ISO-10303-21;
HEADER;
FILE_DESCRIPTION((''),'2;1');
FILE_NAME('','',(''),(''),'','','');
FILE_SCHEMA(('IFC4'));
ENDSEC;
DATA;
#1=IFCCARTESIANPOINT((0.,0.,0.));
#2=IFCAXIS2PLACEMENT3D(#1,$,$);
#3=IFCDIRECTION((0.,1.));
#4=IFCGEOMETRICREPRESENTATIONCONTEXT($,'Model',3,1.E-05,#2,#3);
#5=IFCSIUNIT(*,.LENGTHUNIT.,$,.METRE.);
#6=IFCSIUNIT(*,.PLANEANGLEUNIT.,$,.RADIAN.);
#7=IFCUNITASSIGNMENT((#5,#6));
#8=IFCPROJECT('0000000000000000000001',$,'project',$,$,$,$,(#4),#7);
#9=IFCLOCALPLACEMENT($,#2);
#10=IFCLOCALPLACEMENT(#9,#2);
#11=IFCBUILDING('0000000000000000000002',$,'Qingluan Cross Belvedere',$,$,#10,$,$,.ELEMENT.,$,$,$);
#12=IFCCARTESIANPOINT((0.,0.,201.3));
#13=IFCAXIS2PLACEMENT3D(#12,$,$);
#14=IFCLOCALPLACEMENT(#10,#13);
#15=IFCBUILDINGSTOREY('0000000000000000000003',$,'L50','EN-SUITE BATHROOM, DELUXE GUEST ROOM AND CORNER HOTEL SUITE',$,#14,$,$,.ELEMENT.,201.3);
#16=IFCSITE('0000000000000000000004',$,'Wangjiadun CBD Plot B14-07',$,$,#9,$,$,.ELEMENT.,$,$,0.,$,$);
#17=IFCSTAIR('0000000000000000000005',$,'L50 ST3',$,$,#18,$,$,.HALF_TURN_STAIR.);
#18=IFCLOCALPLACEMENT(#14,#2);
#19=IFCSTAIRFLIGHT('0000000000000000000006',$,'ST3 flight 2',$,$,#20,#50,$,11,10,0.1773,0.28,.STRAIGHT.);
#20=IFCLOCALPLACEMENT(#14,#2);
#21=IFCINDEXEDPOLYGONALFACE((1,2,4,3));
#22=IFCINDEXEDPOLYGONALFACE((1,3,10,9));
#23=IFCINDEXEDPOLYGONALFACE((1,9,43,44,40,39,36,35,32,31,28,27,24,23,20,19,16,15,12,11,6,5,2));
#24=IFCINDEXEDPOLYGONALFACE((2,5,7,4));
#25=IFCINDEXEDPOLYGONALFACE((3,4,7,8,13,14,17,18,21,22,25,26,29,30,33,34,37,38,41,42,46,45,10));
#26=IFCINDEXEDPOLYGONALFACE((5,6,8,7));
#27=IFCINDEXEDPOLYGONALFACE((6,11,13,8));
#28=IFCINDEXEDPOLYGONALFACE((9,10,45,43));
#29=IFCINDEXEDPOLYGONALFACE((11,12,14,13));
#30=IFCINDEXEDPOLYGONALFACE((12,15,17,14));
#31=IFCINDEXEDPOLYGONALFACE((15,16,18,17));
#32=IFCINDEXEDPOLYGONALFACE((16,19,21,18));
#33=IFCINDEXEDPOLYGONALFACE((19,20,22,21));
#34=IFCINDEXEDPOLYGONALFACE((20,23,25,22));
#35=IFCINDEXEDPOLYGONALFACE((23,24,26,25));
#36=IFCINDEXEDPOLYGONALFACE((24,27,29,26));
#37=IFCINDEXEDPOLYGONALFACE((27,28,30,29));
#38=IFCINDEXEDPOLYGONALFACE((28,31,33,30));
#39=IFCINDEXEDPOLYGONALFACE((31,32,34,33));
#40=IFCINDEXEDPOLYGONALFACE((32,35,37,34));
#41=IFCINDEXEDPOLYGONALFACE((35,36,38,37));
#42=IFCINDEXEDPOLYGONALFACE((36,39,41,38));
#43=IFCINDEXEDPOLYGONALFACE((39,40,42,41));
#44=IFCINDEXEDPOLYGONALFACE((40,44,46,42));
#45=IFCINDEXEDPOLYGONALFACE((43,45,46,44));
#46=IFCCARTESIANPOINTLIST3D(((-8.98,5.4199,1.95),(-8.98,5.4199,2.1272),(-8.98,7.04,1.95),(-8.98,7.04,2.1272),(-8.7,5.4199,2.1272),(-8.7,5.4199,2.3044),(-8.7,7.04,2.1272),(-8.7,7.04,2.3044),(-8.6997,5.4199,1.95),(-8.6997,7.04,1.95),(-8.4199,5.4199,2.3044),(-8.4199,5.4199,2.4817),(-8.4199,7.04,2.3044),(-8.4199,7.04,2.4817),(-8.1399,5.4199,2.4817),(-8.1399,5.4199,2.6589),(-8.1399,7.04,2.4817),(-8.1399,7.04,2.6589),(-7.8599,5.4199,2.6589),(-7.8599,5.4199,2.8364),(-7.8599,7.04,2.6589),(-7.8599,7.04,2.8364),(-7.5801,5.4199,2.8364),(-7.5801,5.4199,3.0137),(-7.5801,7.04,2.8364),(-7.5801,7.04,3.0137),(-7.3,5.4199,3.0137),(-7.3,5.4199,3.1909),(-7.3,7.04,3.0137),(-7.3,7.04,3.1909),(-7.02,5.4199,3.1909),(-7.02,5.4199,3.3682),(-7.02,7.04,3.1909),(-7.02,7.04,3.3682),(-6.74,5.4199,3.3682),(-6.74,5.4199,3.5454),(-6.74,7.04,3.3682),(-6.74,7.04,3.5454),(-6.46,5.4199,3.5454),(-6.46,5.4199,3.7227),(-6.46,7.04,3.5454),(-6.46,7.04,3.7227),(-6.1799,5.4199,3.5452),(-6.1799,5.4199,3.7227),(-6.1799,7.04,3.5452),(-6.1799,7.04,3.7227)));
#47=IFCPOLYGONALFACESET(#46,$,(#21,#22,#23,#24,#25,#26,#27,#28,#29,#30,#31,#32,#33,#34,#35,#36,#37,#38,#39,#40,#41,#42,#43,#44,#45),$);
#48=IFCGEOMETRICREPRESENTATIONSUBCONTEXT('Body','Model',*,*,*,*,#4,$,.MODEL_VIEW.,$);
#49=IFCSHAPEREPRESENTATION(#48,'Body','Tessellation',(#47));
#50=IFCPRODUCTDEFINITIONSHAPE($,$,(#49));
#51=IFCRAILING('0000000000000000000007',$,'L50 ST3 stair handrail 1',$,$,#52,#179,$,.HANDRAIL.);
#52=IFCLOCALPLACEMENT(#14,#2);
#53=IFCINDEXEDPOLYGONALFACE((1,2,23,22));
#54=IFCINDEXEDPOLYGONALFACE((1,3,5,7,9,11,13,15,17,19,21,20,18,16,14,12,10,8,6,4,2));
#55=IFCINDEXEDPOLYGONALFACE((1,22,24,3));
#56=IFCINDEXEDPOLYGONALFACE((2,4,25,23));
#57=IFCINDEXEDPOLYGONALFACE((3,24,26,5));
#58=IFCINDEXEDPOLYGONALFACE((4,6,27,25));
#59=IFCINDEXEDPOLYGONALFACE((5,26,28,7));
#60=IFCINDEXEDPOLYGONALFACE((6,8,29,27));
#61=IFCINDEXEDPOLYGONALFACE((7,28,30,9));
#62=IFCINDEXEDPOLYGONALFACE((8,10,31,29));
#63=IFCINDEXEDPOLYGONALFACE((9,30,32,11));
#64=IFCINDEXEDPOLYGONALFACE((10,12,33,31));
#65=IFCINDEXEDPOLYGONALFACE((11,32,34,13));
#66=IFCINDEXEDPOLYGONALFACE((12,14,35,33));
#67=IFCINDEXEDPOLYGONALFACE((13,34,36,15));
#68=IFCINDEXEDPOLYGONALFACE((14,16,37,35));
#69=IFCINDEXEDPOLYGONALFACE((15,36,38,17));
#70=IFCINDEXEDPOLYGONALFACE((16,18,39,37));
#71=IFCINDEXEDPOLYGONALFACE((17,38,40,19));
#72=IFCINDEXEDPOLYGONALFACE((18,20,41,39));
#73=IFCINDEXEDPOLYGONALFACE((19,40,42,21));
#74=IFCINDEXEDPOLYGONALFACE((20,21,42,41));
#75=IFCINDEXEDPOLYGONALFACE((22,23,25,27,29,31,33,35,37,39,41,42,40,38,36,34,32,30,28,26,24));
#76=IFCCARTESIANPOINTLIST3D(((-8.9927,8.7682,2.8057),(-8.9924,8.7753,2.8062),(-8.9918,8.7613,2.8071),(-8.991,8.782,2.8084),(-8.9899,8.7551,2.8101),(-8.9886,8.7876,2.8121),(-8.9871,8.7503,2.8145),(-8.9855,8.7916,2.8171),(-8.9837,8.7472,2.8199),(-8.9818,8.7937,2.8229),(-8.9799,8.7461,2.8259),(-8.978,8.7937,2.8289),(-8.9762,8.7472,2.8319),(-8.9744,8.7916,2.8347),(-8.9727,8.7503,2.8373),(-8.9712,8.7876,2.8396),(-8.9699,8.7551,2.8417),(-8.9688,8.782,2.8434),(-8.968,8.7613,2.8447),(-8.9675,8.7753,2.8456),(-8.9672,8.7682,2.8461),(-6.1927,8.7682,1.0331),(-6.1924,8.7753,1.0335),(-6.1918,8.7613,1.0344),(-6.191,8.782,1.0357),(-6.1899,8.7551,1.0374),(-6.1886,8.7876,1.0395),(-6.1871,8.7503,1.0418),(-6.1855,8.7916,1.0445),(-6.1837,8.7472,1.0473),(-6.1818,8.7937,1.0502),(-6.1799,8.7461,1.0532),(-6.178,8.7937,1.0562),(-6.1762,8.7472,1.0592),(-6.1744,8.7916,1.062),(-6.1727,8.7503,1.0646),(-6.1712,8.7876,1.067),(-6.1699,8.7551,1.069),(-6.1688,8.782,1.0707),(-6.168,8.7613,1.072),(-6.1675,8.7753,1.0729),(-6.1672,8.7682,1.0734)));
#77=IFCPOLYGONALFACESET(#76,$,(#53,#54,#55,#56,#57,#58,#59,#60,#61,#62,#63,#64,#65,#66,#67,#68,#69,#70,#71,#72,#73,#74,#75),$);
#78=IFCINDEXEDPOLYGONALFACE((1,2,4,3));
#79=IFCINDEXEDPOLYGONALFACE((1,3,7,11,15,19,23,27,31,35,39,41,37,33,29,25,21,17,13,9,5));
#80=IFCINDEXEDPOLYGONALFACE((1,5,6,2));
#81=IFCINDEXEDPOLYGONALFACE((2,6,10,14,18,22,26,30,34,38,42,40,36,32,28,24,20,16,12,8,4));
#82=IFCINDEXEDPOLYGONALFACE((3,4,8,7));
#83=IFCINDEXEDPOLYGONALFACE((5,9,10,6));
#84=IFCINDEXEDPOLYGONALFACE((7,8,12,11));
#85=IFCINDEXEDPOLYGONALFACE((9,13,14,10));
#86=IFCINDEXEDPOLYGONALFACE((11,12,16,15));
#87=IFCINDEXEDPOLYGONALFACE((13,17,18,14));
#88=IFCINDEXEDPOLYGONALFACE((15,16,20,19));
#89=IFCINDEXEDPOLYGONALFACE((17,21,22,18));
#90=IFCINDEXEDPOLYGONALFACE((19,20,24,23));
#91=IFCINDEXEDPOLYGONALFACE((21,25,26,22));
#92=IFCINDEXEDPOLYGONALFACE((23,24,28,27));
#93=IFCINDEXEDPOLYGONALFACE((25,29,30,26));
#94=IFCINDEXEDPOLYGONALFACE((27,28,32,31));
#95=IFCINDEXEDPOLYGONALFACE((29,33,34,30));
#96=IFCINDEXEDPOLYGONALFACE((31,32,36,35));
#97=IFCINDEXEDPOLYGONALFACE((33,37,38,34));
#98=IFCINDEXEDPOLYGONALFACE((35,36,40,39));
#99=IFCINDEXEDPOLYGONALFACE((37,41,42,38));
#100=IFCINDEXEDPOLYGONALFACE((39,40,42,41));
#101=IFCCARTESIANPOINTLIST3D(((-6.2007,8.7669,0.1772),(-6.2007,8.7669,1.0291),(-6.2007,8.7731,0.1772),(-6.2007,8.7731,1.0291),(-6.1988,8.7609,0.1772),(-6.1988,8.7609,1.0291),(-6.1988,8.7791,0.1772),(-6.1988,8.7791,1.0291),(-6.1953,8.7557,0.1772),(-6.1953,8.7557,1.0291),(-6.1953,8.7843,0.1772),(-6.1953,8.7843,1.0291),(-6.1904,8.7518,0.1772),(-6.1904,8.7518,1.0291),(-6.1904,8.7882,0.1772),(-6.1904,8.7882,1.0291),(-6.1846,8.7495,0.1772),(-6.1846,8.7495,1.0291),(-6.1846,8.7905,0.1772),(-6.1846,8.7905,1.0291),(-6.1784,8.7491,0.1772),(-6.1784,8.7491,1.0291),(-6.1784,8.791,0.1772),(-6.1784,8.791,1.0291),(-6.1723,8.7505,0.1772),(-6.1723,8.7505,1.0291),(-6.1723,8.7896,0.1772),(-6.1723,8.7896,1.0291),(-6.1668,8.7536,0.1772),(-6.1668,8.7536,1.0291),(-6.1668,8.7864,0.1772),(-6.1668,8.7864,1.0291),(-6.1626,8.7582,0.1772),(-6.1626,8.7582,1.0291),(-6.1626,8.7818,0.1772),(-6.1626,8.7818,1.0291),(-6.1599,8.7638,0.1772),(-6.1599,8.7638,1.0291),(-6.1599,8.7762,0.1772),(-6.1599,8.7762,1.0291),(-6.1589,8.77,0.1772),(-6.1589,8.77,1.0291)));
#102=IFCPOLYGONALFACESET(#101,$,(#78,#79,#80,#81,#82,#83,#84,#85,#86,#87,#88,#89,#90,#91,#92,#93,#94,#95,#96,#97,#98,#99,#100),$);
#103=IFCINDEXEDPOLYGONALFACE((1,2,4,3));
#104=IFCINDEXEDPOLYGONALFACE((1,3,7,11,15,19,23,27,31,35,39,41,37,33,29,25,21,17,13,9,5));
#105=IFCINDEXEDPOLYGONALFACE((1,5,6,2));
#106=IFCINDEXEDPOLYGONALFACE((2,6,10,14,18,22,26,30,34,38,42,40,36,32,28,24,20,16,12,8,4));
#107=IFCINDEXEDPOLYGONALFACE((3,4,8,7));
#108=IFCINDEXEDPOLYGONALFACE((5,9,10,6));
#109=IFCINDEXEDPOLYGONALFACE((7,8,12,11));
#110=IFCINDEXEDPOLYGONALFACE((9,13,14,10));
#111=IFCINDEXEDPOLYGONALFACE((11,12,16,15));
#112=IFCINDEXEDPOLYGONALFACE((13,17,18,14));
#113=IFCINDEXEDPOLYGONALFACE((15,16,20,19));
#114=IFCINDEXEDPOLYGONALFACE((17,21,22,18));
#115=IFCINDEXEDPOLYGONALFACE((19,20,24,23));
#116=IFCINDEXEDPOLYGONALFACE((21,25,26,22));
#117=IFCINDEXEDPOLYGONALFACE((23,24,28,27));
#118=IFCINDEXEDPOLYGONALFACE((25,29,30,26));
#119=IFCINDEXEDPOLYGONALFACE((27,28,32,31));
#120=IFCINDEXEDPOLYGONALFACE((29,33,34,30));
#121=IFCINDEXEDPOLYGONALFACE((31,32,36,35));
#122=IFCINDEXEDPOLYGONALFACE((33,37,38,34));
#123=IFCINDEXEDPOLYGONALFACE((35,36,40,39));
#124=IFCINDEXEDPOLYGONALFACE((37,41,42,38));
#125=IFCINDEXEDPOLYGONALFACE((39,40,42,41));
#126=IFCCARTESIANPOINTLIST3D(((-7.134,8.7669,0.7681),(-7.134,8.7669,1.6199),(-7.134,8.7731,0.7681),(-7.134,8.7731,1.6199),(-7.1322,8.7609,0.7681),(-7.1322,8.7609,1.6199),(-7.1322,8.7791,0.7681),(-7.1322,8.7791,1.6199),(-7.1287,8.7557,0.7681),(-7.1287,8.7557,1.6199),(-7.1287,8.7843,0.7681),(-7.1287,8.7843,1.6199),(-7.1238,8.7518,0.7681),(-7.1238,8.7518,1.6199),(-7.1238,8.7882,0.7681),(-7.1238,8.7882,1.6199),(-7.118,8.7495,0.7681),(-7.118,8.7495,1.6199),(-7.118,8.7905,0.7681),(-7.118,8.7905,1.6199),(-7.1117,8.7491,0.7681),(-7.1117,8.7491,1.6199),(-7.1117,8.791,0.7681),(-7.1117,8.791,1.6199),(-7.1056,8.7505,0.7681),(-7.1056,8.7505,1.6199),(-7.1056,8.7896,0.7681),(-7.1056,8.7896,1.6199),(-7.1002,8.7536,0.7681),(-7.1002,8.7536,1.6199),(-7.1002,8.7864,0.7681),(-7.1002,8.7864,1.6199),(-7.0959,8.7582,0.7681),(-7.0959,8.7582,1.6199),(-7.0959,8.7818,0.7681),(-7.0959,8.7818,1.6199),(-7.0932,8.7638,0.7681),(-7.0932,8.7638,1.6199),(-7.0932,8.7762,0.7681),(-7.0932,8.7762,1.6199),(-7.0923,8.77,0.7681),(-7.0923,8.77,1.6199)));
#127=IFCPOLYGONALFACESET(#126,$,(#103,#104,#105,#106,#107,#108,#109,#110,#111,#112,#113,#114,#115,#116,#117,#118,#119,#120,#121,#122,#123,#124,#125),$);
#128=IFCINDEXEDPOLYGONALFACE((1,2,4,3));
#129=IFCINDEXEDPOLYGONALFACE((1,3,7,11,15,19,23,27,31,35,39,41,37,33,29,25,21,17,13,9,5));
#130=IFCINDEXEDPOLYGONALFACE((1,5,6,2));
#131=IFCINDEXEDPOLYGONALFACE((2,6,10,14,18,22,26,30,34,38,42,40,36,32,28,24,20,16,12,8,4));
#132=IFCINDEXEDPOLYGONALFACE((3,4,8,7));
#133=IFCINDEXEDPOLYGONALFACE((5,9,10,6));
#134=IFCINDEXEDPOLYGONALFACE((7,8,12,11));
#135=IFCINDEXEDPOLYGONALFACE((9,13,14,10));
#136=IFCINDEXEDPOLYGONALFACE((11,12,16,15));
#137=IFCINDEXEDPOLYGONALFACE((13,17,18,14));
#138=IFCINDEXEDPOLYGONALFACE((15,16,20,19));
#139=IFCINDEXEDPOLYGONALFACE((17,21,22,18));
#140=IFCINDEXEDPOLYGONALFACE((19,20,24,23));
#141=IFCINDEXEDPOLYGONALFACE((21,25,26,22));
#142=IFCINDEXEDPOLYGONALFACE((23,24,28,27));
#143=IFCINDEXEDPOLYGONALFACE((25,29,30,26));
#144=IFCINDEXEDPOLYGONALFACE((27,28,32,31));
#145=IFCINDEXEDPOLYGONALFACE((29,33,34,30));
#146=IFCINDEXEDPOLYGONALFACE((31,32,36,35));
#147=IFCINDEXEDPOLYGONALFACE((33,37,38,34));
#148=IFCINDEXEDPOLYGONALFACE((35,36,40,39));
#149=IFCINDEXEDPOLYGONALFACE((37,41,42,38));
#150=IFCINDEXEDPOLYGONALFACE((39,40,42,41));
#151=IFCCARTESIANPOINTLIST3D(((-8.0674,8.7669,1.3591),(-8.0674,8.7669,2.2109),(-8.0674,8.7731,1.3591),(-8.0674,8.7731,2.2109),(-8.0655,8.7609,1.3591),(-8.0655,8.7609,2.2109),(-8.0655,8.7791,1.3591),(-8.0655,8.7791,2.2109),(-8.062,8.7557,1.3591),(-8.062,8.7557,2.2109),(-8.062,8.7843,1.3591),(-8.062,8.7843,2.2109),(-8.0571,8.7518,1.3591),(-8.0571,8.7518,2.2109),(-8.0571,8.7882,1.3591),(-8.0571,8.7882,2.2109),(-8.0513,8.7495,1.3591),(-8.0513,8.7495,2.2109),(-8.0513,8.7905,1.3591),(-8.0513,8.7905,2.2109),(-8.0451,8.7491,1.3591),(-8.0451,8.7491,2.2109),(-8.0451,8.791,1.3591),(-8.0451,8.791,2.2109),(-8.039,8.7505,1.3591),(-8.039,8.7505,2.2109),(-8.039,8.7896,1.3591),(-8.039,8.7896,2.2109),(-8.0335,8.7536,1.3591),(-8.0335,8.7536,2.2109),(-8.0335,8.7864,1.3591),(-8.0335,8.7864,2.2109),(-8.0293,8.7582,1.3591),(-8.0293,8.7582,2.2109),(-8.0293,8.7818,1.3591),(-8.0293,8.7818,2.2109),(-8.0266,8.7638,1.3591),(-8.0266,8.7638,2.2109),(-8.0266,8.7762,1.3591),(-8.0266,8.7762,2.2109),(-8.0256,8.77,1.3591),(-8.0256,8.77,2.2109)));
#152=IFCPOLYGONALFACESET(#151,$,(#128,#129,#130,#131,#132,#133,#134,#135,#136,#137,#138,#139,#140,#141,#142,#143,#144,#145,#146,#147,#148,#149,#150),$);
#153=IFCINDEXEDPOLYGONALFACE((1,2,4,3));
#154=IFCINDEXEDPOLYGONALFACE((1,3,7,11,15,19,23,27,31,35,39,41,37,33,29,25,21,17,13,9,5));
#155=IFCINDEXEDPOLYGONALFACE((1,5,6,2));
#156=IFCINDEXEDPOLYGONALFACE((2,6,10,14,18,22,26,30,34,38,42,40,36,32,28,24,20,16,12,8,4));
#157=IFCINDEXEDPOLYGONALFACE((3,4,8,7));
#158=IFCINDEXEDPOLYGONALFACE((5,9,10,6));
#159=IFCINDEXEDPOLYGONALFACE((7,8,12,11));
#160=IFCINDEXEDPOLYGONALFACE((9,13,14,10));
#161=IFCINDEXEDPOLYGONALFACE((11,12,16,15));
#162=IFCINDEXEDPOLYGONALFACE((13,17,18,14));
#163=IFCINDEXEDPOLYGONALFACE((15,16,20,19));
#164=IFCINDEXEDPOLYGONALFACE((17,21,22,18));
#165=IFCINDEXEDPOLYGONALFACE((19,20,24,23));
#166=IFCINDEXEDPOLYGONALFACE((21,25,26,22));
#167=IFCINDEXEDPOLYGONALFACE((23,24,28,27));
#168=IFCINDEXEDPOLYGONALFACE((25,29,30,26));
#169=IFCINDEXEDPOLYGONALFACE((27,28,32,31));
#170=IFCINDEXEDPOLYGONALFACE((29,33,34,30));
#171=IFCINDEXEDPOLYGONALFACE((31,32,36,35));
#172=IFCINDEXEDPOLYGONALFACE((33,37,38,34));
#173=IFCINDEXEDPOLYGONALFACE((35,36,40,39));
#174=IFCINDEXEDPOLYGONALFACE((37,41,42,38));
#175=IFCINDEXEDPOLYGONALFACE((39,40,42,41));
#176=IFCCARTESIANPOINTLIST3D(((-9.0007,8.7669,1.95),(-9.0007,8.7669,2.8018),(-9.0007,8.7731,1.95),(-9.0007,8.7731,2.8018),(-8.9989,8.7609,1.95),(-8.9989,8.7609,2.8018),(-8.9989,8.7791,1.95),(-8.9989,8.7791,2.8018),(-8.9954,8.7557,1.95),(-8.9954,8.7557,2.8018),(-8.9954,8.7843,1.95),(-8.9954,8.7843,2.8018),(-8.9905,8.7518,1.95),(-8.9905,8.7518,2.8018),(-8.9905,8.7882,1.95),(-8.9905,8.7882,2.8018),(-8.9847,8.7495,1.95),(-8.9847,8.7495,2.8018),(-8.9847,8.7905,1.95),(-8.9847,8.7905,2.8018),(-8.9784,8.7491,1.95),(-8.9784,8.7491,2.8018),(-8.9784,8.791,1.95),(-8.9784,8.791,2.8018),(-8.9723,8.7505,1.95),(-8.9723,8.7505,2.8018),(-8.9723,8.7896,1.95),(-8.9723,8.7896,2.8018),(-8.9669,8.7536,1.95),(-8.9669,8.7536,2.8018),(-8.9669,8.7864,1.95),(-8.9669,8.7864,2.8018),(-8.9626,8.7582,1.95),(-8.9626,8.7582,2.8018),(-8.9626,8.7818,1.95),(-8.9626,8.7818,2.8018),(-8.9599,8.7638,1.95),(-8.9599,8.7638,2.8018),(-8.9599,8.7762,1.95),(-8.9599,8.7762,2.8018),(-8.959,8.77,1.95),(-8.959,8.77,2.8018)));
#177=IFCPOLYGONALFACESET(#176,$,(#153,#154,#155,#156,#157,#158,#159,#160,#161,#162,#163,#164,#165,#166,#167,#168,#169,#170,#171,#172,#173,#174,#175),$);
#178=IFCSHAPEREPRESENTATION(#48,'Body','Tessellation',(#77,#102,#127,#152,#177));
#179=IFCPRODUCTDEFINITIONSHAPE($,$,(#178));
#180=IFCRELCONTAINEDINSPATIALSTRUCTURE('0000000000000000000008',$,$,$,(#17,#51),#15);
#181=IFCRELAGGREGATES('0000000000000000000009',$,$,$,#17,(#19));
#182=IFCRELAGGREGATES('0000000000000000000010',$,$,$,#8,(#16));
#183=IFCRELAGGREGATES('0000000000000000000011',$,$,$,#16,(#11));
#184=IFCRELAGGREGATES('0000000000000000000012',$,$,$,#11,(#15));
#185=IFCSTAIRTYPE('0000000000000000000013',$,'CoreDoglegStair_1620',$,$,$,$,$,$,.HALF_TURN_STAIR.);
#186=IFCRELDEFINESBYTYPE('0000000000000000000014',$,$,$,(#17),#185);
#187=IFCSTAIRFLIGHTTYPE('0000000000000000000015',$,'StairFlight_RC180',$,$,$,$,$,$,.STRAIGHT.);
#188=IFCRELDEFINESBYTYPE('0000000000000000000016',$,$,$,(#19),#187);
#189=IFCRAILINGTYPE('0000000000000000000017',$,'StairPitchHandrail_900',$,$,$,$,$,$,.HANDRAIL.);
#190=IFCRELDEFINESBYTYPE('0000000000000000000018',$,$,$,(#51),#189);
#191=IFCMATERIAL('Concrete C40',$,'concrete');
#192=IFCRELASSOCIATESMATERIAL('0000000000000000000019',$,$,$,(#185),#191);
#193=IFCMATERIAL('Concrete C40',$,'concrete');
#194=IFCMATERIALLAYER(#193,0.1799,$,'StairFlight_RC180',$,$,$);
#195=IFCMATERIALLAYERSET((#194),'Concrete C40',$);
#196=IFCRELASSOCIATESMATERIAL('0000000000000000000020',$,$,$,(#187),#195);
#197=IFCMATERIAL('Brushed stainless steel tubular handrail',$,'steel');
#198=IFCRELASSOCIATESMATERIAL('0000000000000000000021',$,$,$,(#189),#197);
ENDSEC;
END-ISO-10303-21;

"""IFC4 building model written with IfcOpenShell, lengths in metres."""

from ifc_helpers import new_model, si_unit, direction, frame, origin, origin_2d, place, context, subcontext, project, spatial, polyline, circle, outline, extrude, material, layer, layer_set, type_object, element, aggregate, save


model = new_model("IFC4")

# Units and contexts
model_context = context("Model", 3, precision=1e-05, world=origin(), true_north=direction((0.0, 1.0)))
body_context = subcontext(model_context, "Body", "Model", "MODEL_VIEW")
ifc_project = project(units=[si_unit("LENGTHUNIT", "METRE"), si_unit("PLANEANGLEUNIT", "RADIAN")], contexts=[model_context])

# Site, building, storey
site_placement = place(None, origin())
site = spatial("IfcSite", under=ifc_project, at=site_placement, Name="Wangjiadun CBD Plot B14-07", CompositionType="ELEMENT", RefElevation=0.0)
building_placement = place(site_placement, origin())
building = spatial("IfcBuilding", under=site, at=building_placement, Name="Qingluan Cross Belvedere", CompositionType="ELEMENT")
storey_placement = place(building_placement, frame((0.0, 0.0, 201.3)))
storey = spatial("IfcBuildingStorey", under=building, at=storey_placement, Name="L50", Description="EN-SUITE BATHROOM, DELUXE GUEST ROOM AND CORNER HOTEL SUITE", CompositionType="ELEMENT", Elevation=201.3)

# Stair, stair flight
ifc_material_1 = material(Name="Concrete C40", Category="concrete")
stair_type = type_object("IfcStairType", Name="CoreDoglegStair_1620", PredefinedType="HALF_TURN_STAIR", material=ifc_material_1)
stair_placement = place(storey_placement, origin())
stair = element("IfcStair", 1, at=stair_placement, inside=storey, type_object=stair_type, Name="L50 ST3", PredefinedType="HALF_TURN_STAIR")
ifc_material_2 = material(Name="Concrete C40", Category="concrete")
ifc_layer_1 = layer(ifc_material_2, 0.1799, Name="StairFlight_RC180")
ifc_layer_set_1 = layer_set([ifc_layer_1], Name="Concrete C40")
stair_flight_type = type_object("IfcStairFlightType", Name="StairFlight_RC180", PredefinedType="STRAIGHT", material=ifc_layer_set_1)
stair_flight_1_placement = place(storey_placement, frame((-8.98, 6.23, 1.95), z_axis=(0.0, 0.0, 1.0), x_axis=(1.0, 0.0, 0.0)))
stair_flight_1 = element("IfcStairFlight", 2, at=stair_flight_1_placement, type_object=stair_flight_type, Name="ST3 flight 2", NumberOfRisers=11, NumberOfTreads=10, PredefinedType="STRAIGHT", RiserHeight=0.1773, TreadLength=0.28, context=body_context, shape_type="SweptSolid", body=[
    extrude(outline(polyline([(0.0, 0.0), (0.0, 0.1772), (0.28, 0.1772), (0.28, 0.3545), (0.5601, 0.3545), (0.5601, 0.5317), (0.8401, 0.5317), (0.8401, 0.709), (1.1201, 0.709), (1.1201, 0.8865), (1.3999, 0.8865), (1.3999, 1.0637), (1.6799, 1.0637), (1.6799, 1.241), (1.96, 1.241), (1.96, 1.4182), (2.24, 1.4182), (2.24, 1.5955), (2.52, 1.5955), (2.52, 1.7727), (2.8, 1.7727), (2.8, 1.95), (2.8, 1.5952), (0.2803, 0.0), (0.0, 0.0)])), frame((0.0, 0.8101, 0.0), z_axis=(0.0, -1.0, 0.0), x_axis=(1.0, 0.0, 0.0)), (0.0, 0.0, 1.0), 1.6201),
])
aggregate(stair, [stair_flight_1])

# Railing
ifc_material_3 = material(Name="Brushed stainless steel tubular handrail", Category="steel")
railing_type_1 = type_object("IfcRailingType", Name="StairPitchHandrail_900", PredefinedType="HANDRAIL", material=ifc_material_3)
railing_1_placement = place(storey_placement, frame((-6.1799, 8.77, 0.1772)))
element("IfcRailing", 3, at=railing_1_placement, inside=storey, type_object=railing_type_1, Name="L50 ST3 stair handrail 1", PredefinedType="HANDRAIL", context=body_context, shape_type="SweptSolid", body=[
    extrude(circle(Radius=0.0239, at=origin_2d()), frame((0.0, 0.0, 0.876), z_axis=(-0.844909, 0.0, 0.53491), x_axis=(0.0, -1.0, 0.0)), (0.0, 0.0, 1.0), 3.314),
    extrude(circle(Radius=0.021, at=origin_2d()), origin(), (0.0, 0.0, 1.0), 0.8518),
    extrude(circle(Radius=0.021, at=origin_2d()), frame((-0.9333, 0.0, 0.5908)), (0.0, 0.0, 1.0), 0.8518),
    extrude(circle(Radius=0.021, at=origin_2d()), frame((-1.8667, 0.0, 1.1819)), (0.0, 0.0, 1.0), 0.8518),
    extrude(circle(Radius=0.021, at=origin_2d()), frame((-2.8, 0.0, 1.7727)), (0.0, 0.0, 1.0), 0.8518),
])

save(model, "model.ifc")
